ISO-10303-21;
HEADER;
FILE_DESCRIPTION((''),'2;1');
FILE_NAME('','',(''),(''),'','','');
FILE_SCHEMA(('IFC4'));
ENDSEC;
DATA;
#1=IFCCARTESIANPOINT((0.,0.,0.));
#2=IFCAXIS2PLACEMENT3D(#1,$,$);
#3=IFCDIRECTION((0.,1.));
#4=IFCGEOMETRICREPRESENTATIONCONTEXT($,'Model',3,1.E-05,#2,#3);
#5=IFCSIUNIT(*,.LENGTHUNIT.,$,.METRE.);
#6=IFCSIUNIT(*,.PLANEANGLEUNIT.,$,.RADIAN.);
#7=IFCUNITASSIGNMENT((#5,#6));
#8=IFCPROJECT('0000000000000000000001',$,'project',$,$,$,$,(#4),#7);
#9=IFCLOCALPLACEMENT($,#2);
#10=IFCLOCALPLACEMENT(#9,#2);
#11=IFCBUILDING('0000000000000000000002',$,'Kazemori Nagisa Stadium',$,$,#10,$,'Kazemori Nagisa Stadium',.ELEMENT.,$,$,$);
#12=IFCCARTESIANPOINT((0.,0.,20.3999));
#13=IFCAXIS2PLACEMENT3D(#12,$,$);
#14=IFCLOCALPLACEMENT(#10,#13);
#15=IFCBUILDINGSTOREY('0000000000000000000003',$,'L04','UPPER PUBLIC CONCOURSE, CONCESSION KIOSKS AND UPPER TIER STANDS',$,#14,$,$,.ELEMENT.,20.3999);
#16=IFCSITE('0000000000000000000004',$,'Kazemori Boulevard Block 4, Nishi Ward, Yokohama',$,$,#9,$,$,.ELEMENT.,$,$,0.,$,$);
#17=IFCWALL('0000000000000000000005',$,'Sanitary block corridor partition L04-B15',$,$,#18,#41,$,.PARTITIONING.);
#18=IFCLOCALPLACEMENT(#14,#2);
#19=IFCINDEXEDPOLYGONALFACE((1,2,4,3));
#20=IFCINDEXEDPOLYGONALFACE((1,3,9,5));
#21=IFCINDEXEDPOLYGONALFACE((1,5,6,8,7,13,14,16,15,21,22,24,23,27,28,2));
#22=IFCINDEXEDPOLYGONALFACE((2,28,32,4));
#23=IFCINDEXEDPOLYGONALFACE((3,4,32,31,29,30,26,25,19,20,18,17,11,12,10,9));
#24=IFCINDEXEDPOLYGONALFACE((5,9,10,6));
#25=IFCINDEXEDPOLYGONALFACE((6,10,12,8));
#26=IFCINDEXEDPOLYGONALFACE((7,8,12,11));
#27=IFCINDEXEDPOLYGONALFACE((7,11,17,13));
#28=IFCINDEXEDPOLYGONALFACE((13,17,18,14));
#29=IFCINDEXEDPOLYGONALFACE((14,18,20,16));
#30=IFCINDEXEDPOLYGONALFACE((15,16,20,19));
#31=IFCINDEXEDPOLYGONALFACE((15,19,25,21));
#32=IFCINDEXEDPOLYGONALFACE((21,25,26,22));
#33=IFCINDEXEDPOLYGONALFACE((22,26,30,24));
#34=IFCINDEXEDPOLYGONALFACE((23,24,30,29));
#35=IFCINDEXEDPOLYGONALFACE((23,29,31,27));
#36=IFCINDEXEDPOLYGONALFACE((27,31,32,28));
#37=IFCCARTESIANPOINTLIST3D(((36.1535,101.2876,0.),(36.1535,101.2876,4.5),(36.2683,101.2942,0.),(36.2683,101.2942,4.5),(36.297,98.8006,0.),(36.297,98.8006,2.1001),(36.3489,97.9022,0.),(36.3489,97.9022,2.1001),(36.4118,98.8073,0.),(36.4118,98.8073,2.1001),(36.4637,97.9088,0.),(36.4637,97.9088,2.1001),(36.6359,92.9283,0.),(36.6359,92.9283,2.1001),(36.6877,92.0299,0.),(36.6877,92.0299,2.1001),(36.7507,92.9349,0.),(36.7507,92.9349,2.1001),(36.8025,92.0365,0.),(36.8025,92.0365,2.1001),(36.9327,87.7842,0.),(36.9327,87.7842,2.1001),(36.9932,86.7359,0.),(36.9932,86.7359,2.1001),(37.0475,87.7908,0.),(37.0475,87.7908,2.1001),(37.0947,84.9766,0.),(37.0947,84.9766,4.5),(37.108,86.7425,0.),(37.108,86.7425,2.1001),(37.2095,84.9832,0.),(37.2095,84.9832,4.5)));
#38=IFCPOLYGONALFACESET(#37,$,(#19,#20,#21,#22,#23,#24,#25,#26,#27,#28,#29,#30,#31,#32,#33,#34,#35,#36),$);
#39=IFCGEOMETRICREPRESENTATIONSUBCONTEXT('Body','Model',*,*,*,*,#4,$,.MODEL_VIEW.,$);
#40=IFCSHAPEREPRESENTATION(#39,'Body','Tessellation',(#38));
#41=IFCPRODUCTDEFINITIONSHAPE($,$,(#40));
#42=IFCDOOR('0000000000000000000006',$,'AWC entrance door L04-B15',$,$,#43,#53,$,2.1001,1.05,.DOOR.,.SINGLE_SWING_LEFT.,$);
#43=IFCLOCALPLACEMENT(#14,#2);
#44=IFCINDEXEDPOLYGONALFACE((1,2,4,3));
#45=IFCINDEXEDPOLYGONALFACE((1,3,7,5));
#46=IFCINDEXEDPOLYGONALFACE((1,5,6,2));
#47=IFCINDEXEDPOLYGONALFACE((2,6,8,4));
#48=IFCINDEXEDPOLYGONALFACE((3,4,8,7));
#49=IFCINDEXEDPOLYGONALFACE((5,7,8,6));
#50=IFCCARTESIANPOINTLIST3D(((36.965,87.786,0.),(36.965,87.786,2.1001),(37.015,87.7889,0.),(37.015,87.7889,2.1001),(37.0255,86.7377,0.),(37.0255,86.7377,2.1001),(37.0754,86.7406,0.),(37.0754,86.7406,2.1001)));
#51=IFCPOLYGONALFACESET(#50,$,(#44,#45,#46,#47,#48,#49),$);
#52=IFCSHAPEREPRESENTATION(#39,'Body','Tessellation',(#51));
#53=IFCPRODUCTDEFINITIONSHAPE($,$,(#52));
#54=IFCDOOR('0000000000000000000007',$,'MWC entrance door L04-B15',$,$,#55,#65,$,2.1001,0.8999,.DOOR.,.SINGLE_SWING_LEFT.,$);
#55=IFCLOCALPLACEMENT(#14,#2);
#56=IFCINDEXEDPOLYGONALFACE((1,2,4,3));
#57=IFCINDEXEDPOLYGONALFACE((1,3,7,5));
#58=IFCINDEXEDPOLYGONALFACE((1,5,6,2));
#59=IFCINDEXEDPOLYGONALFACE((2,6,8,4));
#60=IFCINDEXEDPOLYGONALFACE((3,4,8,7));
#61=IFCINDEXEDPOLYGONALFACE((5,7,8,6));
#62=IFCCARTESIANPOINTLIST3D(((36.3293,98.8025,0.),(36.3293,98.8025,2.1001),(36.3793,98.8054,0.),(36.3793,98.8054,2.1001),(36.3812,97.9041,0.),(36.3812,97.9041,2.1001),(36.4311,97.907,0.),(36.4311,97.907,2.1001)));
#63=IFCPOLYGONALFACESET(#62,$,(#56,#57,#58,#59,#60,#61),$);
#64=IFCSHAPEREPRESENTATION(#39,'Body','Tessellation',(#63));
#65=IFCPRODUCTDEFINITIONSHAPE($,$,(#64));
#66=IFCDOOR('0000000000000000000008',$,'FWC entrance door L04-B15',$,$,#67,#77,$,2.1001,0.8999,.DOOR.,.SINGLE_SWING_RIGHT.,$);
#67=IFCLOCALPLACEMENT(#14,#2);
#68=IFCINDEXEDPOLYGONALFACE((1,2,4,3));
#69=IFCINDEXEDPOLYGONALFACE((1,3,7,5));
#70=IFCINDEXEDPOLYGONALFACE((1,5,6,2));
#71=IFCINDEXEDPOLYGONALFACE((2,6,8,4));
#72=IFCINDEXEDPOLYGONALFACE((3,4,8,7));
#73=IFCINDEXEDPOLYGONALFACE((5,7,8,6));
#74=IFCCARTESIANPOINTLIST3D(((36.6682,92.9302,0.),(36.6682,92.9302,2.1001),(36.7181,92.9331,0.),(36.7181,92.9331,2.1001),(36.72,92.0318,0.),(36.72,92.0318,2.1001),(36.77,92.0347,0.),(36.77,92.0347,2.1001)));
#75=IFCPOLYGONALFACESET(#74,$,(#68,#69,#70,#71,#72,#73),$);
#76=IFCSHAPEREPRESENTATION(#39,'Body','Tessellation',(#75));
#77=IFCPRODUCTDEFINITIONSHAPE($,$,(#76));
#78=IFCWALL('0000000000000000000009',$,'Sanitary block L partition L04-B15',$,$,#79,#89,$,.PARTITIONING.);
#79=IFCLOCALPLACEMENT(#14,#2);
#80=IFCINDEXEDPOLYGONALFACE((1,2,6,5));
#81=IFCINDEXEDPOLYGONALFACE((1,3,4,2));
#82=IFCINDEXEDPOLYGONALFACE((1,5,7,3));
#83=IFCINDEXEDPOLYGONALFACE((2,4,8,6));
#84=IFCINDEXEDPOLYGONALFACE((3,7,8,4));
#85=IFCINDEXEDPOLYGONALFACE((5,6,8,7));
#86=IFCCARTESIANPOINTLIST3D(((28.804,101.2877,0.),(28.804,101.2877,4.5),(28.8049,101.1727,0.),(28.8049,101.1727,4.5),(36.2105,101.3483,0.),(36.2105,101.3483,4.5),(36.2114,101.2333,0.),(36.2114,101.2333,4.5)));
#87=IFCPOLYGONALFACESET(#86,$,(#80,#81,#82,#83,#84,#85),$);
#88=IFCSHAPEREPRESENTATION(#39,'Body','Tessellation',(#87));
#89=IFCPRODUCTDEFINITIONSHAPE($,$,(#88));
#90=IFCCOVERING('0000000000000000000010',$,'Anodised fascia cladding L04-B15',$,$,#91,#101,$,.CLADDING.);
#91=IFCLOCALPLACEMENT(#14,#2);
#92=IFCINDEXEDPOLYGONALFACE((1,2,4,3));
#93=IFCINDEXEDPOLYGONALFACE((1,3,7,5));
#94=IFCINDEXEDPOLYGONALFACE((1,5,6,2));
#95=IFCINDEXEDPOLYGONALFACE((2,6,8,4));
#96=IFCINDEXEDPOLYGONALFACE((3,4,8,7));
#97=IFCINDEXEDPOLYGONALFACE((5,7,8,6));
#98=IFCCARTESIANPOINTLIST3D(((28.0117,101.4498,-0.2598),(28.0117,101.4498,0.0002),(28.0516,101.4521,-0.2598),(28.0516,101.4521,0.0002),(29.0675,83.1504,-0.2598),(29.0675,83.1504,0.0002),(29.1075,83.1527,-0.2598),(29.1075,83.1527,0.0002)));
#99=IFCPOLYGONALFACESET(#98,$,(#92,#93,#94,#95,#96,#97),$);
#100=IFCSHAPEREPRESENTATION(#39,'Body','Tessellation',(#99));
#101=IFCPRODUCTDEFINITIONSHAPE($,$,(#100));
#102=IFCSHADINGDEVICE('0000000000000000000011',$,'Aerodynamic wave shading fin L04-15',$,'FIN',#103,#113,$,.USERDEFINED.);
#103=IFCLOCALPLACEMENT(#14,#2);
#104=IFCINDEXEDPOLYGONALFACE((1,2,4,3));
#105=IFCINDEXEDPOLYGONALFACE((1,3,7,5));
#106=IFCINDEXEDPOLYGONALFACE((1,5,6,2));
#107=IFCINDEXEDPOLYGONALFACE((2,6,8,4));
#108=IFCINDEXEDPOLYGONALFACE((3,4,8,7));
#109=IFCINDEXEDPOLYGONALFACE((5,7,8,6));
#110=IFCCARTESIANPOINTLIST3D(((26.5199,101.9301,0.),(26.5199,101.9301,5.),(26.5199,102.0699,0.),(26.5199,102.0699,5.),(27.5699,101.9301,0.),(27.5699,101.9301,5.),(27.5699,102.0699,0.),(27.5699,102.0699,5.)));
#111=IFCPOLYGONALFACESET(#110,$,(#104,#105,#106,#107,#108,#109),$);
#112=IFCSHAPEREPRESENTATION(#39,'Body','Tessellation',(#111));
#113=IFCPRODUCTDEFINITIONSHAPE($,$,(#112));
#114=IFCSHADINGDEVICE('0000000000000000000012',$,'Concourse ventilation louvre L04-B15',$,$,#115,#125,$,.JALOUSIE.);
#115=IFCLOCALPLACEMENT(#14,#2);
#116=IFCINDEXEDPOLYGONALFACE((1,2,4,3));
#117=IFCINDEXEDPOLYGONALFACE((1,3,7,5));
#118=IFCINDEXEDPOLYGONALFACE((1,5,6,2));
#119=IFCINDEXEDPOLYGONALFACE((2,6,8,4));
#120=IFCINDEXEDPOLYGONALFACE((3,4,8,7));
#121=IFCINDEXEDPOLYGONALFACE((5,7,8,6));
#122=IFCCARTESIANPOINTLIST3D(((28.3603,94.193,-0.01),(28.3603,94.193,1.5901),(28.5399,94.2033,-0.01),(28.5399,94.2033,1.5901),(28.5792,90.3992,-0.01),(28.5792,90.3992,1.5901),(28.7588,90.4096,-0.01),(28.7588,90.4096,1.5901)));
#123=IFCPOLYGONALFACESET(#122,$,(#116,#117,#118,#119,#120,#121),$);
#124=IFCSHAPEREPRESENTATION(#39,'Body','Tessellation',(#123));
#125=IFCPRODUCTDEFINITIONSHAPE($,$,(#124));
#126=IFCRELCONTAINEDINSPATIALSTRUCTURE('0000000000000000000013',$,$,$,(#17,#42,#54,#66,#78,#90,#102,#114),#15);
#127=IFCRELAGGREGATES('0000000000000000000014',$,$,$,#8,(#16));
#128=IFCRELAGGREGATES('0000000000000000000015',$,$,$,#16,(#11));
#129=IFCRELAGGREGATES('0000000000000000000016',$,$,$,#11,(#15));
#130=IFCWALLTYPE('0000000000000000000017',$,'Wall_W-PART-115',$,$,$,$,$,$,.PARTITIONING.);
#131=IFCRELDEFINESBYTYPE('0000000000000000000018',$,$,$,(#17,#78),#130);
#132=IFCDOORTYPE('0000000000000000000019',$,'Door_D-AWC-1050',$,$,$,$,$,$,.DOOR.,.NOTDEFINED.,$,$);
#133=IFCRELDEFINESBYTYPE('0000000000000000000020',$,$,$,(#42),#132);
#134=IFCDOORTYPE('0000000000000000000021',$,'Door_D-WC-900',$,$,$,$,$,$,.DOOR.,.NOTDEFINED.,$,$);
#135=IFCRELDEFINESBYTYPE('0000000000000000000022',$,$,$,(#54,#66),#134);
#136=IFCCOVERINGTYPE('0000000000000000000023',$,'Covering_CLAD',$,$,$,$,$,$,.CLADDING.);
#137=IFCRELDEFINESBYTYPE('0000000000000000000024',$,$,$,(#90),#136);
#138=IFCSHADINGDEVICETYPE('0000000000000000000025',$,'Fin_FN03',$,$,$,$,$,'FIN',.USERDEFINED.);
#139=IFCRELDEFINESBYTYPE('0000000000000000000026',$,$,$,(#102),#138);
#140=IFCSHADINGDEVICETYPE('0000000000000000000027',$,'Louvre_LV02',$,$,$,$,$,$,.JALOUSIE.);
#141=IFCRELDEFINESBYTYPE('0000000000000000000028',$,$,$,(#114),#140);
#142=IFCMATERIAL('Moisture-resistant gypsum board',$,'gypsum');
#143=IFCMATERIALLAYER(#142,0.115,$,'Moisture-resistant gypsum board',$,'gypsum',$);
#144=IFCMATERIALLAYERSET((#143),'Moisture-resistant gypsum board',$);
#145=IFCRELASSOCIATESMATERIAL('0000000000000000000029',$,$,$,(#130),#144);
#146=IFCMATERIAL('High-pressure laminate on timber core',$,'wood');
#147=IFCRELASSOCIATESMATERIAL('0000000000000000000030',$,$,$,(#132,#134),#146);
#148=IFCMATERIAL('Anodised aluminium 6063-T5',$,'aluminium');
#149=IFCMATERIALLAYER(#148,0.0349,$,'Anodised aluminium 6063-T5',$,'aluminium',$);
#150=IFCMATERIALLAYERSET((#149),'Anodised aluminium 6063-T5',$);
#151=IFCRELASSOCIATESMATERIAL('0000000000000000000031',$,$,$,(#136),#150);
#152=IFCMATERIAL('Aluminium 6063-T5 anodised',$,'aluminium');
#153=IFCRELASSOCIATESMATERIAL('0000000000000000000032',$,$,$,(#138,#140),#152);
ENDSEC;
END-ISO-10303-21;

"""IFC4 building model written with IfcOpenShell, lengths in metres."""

from ifc_helpers import new_model, si_unit, direction, frame, frame_2d, origin, origin_2d, place, context, subcontext, project, spatial, rectangle, extrude, material, layer, layer_set, type_object, element, fill, save


model = new_model("IFC4")

# Units and contexts
model_context = context("Model", 3, precision=1e-05, world=origin(), true_north=direction((0.0, 1.0)))
body_context = subcontext(model_context, "Body", "Model", "MODEL_VIEW")
ifc_project = project(units=[si_unit("LENGTHUNIT", "METRE"), si_unit("PLANEANGLEUNIT", "RADIAN")], contexts=[model_context])

# Site, building, storey
site_placement = place(None, origin())
site = spatial("IfcSite", under=ifc_project, at=site_placement, Name="Kazemori Boulevard Block 4, Nishi Ward, Yokohama", CompositionType="ELEMENT", RefElevation=0.0)
building_placement = place(site_placement, origin())
building = spatial("IfcBuilding", under=site, at=building_placement, Name="Kazemori Nagisa Stadium", LongName="Kazemori Nagisa Stadium", CompositionType="ELEMENT")
storey_placement = place(building_placement, frame((0.0, 0.0, 20.3999)))
storey = spatial("IfcBuildingStorey", under=building, at=storey_placement, Name="L04", Description="UPPER PUBLIC CONCOURSE, CONCESSION KIOSKS AND UPPER TIER STANDS", CompositionType="ELEMENT", Elevation=20.3999)

# Shared definitions
ifc_material_1 = material(Name="Anodised aluminium 6063-T5", Category="aluminium")
ifc_material_2 = material(Name="Aluminium 6063-T5 anodised", Category="aluminium")

# Wall, openings, doors
ifc_material_3 = material(Name="Moisture-resistant gypsum board", Category="gypsum")
ifc_layer_1 = layer(ifc_material_3, 0.115, Name="Moisture-resistant gypsum board", Category="gypsum")
ifc_layer_set_1 = layer_set([ifc_layer_1], Name="Moisture-resistant gypsum board")
wall_type_1 = type_object("IfcWallType", Name="Wall_W-PART-115", PredefinedType="PARTITIONING", material=ifc_layer_set_1)
wall_1_placement = place(storey_placement, frame((36.2109, 101.2908, 0.0), z_axis=(0.0, 0.0, 1.0), x_axis=(0.057605, -0.998339, 0.0)))
wall_1 = element("IfcWall", 1, at=wall_1_placement, inside=storey, type_object=wall_type_1, Name="Sanitary block corridor partition L04-B15", PredefinedType="PARTITIONING", context=body_context, shape_type="SweptSolid", body=[
    extrude(rectangle(XDim=16.3381, YDim=0.115, at=frame_2d((8.1689, 0.0))), origin(), (0.0, 0.0, 1.0), 4.5),
])
opening_1_placement = place(wall_1_placement, frame((2.491, 0.0, 0.0)))
opening_1 = element("IfcOpeningElement", 2, at=opening_1_placement, cuts=wall_1, PredefinedType="OPENING", context=body_context, shape_type="SweptSolid", body=[
    extrude(rectangle(XDim=0.8999, YDim=2.1001, at=frame_2d((0.45, 1.05))), frame((0.0, 0.0674, 0.0), z_axis=(0.0, -1.0, 0.0), x_axis=(1.0, 0.0, 0.0)), (0.0, 0.0, 1.0), 0.135),
])
opening_2_placement = place(wall_1_placement, frame((8.373, 0.0, 0.0)))
opening_2 = element("IfcOpeningElement", 3, at=opening_2_placement, cuts=wall_1, PredefinedType="OPENING", context=body_context, shape_type="SweptSolid", body=[
    extrude(rectangle(XDim=0.8999, YDim=2.1001, at=frame_2d((0.45, 1.05))), frame((0.0, 0.0674, 0.0), z_axis=(0.0, -1.0, 0.0), x_axis=(1.0, 0.0, 0.0)), (0.0, 0.0, 1.0), 0.135),
])
opening_3_placement = place(wall_1_placement, frame((13.5259, 0.0, 0.0)))
opening_3 = element("IfcOpeningElement", 4, at=opening_3_placement, cuts=wall_1, PredefinedType="OPENING", context=body_context, shape_type="SweptSolid", body=[
    extrude(rectangle(XDim=1.05, YDim=2.1001, at=frame_2d((0.5249, 1.05))), frame((0.0, 0.0674, 0.0), z_axis=(0.0, -1.0, 0.0), x_axis=(1.0, 0.0, 0.0)), (0.0, 0.0, 1.0), 0.135),
])
ifc_material_4 = material(Name="High-pressure laminate on timber core", Category="wood")
door_type_1 = type_object("IfcDoorType", Name="Door_D-AWC-1050", OperationType="NOTDEFINED", PredefinedType="DOOR", material=ifc_material_4)
door_1_placement = place(opening_3_placement, origin())
door_1 = element("IfcDoor", 5, at=door_1_placement, inside=storey, type_object=door_type_1, Name="AWC entrance door L04-B15", OperationType="SINGLE_SWING_LEFT", OverallHeight=2.1001, OverallWidth=1.05, PredefinedType="DOOR", context=body_context, shape_type="SweptSolid", body=[
    extrude(rectangle(XDim=1.05, YDim=2.1001, at=frame_2d((0.5249, 1.05))), frame((0.0, 0.0249, 0.0), z_axis=(0.0, -1.0, 0.0), x_axis=(1.0, 0.0, 0.0)), (0.0, 0.0, 1.0), 0.05),
])
fill(opening_3, door_1)
door_type_2 = type_object("IfcDoorType", Name="Door_D-WC-900", OperationType="NOTDEFINED", PredefinedType="DOOR", material=ifc_material_4)
door_2_placement = place(opening_1_placement, origin())
door_2 = element("IfcDoor", 6, at=door_2_placement, inside=storey, type_object=door_type_2, Name="MWC entrance door L04-B15", OperationType="SINGLE_SWING_LEFT", OverallHeight=2.1001, OverallWidth=0.8999, PredefinedType="DOOR", context=body_context, shape_type="SweptSolid", body=[
    extrude(rectangle(XDim=0.8999, YDim=2.1001, at=frame_2d((0.45, 1.05))), frame((0.0, 0.0249, 0.0), z_axis=(0.0, -1.0, 0.0), x_axis=(1.0, 0.0, 0.0)), (0.0, 0.0, 1.0), 0.05),
])
fill(opening_1, door_2)
door_3_placement = place(opening_2_placement, origin())
door_3 = element("IfcDoor", 7, at=door_3_placement, inside=storey, type_object=door_type_2, Name="FWC entrance door L04-B15", OperationType="SINGLE_SWING_RIGHT", OverallHeight=2.1001, OverallWidth=0.8999, PredefinedType="DOOR", context=body_context, shape_type="SweptSolid", body=[
    extrude(rectangle(XDim=0.8999, YDim=2.1001, at=frame_2d((0.45, 1.05))), frame((0.0, 0.0249, 0.0), z_axis=(0.0, -1.0, 0.0), x_axis=(1.0, 0.0, 0.0)), (0.0, 0.0, 1.0), 0.05),
])
fill(opening_2, door_3)

# Wall
wall_2_placement = place(storey_placement, frame((36.2109, 101.2908, 0.0), z_axis=(0.0, 0.0, 1.0), x_axis=(-0.999967, -0.008175, 0.0)))
element("IfcWall", 8, at=wall_2_placement, inside=storey, type_object=wall_type_1, Name="Sanitary block L partition L04-B15", PredefinedType="PARTITIONING", context=body_context, shape_type="SweptSolid", body=[
    extrude(rectangle(XDim=7.4067, YDim=0.115, at=frame_2d((3.7034, 0.0))), origin(), (0.0, 0.0, 1.0), 4.5),
])

# Covering
ifc_layer_2 = layer(ifc_material_1, 0.0349, Name="Anodised aluminium 6063-T5", Category="aluminium")
ifc_layer_set_2 = layer_set([ifc_layer_2], Name="Anodised aluminium 6063-T5")
covering_type = type_object("IfcCoveringType", Name="Covering_CLAD", PredefinedType="CLADDING", material=ifc_layer_set_2)
covering_placement = place(storey_placement, frame((28.5596, 92.3013, -0.2598), z_axis=(0.0, 0.0, 1.0), x_axis=(0.057602, -0.99834, 0.0)))
element("IfcCovering", 9, at=covering_placement, inside=storey, type_object=covering_type, Name="Anodised fascia cladding L04-B15", PredefinedType="CLADDING", context=body_context, shape_type="SweptSolid", body=[
    extrude(rectangle(XDim=18.3298, YDim=0.04, at=origin_2d()), origin(), (0.0, 0.0, 1.0), 0.26),
])

# Shading devices
shading_device_type_1 = type_object("IfcShadingDeviceType", Name="Fin_FN03", ElementType="FIN", PredefinedType="USERDEFINED", material=ifc_material_2)
shading_device_1_placement = place(storey_placement, frame((27.0449, 102.0, 0.0), z_axis=(0.0, 0.0, 1.0), x_axis=(-1.0, 0.0, 0.0)))
element("IfcShadingDevice", 10, at=shading_device_1_placement, inside=storey, type_object=shading_device_type_1, Name="Aerodynamic wave shading fin L04-15", ObjectType="FIN", PredefinedType="USERDEFINED", context=body_context, shape_type="SweptSolid", body=[
    extrude(rectangle(XDim=1.05, YDim=0.1399, at=origin_2d()), origin(), (0.0, 0.0, 1.0), 5.0),
])
shading_device_type_2 = type_object("IfcShadingDeviceType", Name="Louvre_LV02", PredefinedType="JALOUSIE", material=ifc_material_2)
shading_device_2_placement = place(storey_placement, frame((28.5596, 92.3013, -0.01), z_axis=(0.0, 0.0, 1.0), x_axis=(0.057602, -0.99834, 0.0)))
element("IfcShadingDevice", 11, at=shading_device_2_placement, inside=storey, type_object=shading_device_type_2, Name="Concourse ventilation louvre L04-B15", PredefinedType="JALOUSIE", context=body_context, shape_type="SweptSolid", body=[
    extrude(rectangle(XDim=3.8, YDim=0.1799, at=origin_2d()), origin(), (0.0, 0.0, 1.0), 1.6001),
])

save(model, "model.ifc")
